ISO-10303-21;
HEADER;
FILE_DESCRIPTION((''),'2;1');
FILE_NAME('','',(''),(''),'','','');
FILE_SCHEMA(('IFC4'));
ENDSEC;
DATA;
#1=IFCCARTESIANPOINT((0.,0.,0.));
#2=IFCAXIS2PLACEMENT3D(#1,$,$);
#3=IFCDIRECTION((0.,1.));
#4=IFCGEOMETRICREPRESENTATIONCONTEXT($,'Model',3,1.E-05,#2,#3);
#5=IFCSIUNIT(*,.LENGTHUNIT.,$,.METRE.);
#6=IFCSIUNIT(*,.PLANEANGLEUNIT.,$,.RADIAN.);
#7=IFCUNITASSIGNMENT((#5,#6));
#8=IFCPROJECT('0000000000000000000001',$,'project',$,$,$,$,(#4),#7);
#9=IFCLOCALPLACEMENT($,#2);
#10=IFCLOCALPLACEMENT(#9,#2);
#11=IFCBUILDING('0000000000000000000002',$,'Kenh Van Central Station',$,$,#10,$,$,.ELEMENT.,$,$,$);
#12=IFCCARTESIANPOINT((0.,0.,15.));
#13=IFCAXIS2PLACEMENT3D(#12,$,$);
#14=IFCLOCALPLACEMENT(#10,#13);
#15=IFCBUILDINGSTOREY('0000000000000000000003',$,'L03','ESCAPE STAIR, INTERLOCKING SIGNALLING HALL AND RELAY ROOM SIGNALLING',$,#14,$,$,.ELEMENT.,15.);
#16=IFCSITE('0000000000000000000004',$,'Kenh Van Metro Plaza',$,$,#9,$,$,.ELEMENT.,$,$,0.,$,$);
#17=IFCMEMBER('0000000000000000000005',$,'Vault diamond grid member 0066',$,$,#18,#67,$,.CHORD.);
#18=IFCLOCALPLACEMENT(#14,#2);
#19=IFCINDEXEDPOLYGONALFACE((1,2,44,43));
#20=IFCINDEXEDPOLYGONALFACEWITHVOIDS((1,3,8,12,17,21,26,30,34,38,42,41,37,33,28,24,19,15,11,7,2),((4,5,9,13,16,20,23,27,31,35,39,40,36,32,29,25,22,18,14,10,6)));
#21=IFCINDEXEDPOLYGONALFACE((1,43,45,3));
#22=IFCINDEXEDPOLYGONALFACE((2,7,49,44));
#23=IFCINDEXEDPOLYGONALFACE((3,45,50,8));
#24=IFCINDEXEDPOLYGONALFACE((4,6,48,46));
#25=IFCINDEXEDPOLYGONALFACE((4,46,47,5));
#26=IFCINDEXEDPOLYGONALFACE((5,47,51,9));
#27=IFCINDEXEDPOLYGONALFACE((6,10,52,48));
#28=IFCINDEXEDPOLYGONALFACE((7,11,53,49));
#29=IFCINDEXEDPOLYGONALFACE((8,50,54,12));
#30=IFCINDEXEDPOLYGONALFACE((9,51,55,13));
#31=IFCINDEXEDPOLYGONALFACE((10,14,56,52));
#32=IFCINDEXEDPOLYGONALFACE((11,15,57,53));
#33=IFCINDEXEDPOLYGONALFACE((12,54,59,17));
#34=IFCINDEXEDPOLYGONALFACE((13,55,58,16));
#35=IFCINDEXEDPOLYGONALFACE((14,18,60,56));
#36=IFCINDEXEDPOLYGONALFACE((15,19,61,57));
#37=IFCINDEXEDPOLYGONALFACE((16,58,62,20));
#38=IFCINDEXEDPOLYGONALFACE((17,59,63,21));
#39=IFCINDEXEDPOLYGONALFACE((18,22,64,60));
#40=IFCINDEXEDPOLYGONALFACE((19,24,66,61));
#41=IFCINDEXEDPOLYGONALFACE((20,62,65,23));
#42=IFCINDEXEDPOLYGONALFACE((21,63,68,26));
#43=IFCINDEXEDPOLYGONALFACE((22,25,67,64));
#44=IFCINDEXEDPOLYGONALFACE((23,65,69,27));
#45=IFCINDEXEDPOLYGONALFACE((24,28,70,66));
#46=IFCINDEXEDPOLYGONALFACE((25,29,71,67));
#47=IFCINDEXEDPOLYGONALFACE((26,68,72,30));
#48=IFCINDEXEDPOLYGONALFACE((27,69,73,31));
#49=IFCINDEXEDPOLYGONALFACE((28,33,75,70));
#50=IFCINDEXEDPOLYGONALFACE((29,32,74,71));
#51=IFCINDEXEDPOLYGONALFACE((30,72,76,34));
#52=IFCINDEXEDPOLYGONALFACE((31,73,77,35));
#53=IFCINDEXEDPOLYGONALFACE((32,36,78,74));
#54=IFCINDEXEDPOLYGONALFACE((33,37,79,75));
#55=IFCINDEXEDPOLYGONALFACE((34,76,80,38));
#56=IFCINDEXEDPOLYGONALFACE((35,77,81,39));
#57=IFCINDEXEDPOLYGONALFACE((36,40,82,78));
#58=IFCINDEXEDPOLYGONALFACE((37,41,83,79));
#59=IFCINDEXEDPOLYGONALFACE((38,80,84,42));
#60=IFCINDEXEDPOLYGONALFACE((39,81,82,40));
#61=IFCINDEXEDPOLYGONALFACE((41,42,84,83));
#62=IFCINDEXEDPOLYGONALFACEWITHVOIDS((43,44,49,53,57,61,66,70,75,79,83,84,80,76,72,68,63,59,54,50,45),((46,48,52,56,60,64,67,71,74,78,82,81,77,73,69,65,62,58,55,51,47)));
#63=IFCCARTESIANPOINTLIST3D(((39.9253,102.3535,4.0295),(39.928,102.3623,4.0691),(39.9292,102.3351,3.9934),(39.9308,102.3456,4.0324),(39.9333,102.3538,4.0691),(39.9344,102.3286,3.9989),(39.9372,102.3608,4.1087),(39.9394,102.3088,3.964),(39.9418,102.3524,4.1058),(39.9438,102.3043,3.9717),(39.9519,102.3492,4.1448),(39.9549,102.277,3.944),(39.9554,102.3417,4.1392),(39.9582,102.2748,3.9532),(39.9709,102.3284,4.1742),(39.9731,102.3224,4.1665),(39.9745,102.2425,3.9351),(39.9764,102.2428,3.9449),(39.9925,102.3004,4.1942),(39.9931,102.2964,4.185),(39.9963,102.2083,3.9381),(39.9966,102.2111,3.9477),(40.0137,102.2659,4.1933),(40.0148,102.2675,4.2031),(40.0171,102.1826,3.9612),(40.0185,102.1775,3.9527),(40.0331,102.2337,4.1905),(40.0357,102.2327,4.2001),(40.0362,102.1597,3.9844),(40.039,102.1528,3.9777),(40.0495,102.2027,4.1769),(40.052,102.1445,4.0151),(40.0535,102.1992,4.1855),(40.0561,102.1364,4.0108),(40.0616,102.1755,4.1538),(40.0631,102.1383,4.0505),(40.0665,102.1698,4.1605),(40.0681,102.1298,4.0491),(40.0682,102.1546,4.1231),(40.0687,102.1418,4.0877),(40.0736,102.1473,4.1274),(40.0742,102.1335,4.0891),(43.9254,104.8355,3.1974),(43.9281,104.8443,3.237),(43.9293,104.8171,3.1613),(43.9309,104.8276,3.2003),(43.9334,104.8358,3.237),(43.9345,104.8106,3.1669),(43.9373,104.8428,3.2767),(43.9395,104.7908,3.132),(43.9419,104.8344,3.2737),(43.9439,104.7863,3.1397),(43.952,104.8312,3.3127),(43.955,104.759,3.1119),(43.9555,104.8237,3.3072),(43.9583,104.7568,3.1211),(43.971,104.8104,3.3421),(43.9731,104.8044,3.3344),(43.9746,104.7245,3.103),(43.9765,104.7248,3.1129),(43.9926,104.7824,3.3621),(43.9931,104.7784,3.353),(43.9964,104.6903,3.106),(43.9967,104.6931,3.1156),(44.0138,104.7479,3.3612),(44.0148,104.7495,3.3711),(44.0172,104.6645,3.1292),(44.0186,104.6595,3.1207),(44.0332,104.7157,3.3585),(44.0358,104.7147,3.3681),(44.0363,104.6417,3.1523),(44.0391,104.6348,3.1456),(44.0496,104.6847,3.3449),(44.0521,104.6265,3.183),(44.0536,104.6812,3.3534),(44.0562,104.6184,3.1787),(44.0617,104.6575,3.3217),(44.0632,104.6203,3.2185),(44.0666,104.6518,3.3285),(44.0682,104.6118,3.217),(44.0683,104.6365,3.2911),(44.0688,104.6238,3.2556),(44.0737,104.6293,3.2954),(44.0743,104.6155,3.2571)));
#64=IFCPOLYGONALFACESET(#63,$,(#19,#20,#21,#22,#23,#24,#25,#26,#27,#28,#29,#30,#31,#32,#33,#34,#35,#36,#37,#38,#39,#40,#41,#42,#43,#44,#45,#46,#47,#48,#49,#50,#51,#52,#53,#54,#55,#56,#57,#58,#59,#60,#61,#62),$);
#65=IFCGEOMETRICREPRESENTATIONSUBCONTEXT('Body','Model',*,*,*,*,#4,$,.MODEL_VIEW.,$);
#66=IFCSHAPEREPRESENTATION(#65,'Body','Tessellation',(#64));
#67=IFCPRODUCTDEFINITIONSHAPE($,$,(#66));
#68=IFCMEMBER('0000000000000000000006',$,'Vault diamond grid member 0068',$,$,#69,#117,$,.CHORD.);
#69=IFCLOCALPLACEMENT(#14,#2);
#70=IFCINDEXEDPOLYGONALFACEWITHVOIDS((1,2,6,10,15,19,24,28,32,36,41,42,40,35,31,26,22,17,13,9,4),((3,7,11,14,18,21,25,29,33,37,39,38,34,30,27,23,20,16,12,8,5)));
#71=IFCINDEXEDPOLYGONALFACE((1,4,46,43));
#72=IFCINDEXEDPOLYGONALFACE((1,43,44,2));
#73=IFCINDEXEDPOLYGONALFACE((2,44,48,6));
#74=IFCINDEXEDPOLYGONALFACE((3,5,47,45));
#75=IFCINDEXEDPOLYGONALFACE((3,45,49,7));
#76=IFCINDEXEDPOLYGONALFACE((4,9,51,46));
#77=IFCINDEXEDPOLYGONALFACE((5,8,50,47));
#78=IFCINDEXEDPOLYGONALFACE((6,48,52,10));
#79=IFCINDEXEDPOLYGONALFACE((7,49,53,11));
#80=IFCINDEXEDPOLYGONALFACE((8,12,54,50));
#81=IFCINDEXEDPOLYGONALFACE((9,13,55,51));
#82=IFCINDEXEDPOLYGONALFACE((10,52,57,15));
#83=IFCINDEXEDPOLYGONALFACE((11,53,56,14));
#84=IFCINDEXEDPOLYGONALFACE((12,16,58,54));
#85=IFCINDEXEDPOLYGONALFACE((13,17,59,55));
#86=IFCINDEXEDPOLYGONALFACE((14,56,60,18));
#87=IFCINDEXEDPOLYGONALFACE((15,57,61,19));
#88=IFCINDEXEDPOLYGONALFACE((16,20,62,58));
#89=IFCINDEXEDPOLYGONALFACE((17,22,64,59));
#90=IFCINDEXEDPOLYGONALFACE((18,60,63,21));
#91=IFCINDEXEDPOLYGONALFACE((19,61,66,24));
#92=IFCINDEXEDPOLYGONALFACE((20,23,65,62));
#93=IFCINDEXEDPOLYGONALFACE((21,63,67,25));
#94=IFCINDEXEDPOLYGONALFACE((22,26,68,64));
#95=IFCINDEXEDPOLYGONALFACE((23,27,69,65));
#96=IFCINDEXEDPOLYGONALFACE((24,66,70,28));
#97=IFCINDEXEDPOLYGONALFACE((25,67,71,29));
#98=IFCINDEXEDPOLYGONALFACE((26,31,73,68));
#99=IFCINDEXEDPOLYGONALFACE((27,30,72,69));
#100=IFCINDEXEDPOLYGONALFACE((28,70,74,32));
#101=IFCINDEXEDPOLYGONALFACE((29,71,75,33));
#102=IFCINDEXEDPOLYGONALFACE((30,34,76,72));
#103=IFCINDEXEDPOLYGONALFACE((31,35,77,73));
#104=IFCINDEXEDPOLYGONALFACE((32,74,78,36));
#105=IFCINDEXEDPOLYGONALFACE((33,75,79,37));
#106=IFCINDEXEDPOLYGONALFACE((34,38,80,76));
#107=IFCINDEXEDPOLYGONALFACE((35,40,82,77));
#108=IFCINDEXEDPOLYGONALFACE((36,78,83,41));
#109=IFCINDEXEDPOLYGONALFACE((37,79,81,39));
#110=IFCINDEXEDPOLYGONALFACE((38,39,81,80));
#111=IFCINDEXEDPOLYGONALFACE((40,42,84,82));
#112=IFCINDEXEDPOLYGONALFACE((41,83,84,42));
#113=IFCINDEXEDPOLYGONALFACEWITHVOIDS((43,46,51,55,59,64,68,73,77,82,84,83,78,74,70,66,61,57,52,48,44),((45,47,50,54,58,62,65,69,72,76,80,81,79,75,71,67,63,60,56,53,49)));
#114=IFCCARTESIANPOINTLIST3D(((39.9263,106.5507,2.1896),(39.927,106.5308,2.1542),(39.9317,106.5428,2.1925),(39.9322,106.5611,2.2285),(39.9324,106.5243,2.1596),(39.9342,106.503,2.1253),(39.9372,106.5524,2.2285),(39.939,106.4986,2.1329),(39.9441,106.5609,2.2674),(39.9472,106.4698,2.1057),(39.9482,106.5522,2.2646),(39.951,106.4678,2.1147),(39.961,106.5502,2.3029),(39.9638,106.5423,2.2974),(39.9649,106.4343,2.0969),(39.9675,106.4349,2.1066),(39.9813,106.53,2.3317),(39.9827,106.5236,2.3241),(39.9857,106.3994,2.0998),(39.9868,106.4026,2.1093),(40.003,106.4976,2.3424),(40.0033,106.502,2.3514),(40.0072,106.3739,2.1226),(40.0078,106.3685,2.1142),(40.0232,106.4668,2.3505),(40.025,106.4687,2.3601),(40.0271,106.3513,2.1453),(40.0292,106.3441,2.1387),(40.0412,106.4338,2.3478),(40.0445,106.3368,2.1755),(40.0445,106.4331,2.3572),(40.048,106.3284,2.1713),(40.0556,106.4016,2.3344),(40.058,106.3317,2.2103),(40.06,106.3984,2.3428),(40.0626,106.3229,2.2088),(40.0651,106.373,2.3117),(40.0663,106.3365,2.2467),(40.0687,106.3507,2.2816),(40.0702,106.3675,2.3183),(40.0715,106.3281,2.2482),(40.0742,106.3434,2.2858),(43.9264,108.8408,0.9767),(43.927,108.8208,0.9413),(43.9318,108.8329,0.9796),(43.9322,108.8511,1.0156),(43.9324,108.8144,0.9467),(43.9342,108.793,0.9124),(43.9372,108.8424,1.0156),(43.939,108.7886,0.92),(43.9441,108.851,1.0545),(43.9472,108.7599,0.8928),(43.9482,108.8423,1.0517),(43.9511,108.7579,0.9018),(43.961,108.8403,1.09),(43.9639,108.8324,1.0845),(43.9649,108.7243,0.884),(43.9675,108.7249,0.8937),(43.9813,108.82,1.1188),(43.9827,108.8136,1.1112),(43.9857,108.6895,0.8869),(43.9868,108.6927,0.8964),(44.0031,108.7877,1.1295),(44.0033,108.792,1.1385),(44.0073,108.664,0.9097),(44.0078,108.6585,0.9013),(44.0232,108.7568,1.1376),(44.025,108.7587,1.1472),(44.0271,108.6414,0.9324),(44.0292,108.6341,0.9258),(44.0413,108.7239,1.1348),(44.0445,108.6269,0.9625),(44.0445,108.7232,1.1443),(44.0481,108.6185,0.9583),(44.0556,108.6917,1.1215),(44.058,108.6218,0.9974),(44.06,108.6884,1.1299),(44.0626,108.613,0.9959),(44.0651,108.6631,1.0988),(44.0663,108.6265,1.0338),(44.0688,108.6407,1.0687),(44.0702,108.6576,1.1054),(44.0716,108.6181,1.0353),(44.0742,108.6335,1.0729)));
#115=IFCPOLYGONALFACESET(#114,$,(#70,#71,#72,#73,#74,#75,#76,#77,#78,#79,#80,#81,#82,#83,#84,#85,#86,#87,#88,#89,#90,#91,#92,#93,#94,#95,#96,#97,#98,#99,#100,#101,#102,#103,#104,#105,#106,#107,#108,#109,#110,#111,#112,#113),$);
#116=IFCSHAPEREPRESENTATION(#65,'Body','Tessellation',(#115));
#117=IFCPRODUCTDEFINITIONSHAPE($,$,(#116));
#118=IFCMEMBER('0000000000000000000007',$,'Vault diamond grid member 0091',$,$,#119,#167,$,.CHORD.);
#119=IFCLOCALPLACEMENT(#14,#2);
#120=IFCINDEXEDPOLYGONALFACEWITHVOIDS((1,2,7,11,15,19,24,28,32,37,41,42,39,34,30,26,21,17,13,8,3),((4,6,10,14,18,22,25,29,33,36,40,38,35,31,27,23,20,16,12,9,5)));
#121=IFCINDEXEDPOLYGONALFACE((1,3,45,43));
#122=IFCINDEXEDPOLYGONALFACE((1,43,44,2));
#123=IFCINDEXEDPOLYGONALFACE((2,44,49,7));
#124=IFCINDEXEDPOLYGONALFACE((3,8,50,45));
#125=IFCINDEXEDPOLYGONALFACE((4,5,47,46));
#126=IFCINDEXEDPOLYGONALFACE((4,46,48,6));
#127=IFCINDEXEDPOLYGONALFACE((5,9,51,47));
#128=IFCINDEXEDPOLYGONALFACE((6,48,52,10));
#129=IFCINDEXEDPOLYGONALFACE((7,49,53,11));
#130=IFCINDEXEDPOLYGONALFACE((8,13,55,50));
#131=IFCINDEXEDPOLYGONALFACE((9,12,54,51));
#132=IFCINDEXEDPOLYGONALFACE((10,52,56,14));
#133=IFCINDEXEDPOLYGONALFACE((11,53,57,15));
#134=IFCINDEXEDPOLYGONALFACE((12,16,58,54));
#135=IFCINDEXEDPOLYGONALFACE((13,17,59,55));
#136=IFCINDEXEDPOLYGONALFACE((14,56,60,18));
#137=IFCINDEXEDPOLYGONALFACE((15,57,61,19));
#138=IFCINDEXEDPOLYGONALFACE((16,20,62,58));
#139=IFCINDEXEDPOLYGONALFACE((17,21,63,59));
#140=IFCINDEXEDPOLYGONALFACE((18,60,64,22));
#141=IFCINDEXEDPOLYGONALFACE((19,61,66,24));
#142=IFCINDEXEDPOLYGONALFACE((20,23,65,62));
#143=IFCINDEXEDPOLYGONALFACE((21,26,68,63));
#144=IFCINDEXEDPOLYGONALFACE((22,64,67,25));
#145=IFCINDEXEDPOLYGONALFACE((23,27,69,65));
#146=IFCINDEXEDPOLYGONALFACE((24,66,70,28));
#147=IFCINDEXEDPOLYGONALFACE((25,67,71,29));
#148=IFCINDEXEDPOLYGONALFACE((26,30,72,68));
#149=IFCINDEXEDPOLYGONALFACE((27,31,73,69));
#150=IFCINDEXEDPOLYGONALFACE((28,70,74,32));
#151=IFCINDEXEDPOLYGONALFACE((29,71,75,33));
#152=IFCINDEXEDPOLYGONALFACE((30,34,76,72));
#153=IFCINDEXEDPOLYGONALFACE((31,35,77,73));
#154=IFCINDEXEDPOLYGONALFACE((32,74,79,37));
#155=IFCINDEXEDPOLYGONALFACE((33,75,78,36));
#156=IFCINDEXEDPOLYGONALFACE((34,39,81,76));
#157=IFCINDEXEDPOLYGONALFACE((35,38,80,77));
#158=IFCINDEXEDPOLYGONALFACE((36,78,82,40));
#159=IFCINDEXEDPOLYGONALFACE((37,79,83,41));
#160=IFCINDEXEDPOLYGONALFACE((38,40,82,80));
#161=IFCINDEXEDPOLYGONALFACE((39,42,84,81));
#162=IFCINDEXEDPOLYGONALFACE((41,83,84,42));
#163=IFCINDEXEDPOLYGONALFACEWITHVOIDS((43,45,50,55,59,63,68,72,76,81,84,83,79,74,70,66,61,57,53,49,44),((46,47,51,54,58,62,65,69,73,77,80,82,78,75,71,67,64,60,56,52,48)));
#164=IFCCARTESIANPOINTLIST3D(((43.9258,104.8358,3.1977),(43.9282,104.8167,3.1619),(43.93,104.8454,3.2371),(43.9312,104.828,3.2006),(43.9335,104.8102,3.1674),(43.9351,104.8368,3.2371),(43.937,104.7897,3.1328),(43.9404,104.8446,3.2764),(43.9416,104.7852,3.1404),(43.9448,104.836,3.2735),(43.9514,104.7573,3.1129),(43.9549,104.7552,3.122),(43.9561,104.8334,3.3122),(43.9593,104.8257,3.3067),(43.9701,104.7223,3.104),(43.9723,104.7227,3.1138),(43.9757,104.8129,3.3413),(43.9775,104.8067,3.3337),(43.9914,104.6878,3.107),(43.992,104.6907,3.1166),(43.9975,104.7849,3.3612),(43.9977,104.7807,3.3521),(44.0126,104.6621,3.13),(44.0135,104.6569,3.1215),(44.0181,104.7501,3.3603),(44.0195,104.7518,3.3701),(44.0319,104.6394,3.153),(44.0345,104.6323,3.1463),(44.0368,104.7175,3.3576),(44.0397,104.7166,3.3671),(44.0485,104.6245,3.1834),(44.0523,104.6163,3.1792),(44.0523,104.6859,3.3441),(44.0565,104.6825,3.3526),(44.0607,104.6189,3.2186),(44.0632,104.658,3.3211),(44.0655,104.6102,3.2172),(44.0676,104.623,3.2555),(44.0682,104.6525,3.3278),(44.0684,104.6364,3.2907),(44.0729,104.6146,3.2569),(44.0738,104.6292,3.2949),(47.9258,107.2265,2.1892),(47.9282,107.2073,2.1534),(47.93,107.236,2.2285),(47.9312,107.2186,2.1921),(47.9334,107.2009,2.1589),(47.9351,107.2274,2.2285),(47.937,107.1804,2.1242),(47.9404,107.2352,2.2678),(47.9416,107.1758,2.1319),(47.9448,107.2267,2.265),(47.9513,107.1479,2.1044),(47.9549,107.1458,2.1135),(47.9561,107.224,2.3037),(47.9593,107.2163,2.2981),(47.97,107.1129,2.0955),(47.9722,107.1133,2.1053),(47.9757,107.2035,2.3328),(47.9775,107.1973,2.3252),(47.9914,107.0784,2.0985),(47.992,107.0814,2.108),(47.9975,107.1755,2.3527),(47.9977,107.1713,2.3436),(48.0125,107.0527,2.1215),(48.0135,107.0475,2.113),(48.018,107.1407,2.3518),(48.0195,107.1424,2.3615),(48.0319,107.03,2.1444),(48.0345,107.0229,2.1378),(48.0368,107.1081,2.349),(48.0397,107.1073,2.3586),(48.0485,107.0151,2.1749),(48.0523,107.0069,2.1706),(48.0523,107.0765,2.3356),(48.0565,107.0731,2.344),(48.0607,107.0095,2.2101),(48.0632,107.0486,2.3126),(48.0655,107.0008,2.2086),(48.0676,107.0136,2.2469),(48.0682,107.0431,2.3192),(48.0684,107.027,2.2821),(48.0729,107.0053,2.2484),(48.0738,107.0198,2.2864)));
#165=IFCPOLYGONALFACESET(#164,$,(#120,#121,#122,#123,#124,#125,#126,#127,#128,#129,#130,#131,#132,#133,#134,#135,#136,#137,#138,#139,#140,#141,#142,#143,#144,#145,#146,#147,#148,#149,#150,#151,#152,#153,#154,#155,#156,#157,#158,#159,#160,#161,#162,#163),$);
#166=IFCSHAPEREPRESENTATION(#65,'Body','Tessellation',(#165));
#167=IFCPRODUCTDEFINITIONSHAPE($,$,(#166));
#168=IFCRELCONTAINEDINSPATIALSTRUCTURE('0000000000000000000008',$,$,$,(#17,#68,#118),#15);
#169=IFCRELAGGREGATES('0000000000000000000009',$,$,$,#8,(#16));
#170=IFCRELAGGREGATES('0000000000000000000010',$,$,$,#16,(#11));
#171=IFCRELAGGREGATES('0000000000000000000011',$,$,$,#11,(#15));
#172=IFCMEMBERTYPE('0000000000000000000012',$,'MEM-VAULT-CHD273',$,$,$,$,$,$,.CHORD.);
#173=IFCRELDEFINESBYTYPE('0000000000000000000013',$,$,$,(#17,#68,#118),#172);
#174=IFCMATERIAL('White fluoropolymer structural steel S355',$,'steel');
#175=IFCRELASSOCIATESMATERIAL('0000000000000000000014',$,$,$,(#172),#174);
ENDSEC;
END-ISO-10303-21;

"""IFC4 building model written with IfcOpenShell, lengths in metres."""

from ifc_helpers import new_model, si_unit, direction, frame, origin, origin_2d, place, context, subcontext, project, spatial, hollow_circle, extrude, material, material_profile, profile_set, type_object, element, save


model = new_model("IFC4")

# Units and contexts
model_context = context("Model", 3, precision=1e-05, world=origin(), true_north=direction((0.0, 1.0)))
body_context = subcontext(model_context, "Body", "Model", "MODEL_VIEW")
ifc_project = project(units=[si_unit("LENGTHUNIT", "METRE"), si_unit("PLANEANGLEUNIT", "RADIAN")], contexts=[model_context])

# Site, building, storey
site_placement = place(None, origin())
site = spatial("IfcSite", under=ifc_project, at=site_placement, Name="Kenh Van Metro Plaza", CompositionType="ELEMENT", RefElevation=0.0)
building_placement = place(site_placement, origin())
building = spatial("IfcBuilding", under=site, at=building_placement, Name="Kenh Van Central Station", CompositionType="ELEMENT")
storey_placement = place(building_placement, frame((0.0, 0.0, 15.0)))
storey = spatial("IfcBuildingStorey", under=building, at=storey_placement, Name="L03", Description="ESCAPE STAIR, INTERLOCKING SIGNALLING HALL AND RELAY ROOM SIGNALLING", CompositionType="ELEMENT", Elevation=15.0)

# Shared definitions
ifc_material_1 = material(Name="White fluoropolymer structural steel S355", Category="steel")

# Members
ifc_material_profile_1 = material_profile(ifc_material_1, hollow_circle(Radius=0.1365, WallThickness=0.01, at=origin_2d()), Name="CHS 273x10")
ifc_profile_set_1 = profile_set([ifc_material_profile_1], Name="White fluoropolymer structural steel S355")
member_type_1 = type_object("IfcMemberType", Name="MEM-VAULT-CHD273", PredefinedType="CHORD", material=ifc_profile_set_1)
member_1_placement = place(storey_placement, frame((40.0, 102.2463, 4.0691), z_axis=(0.836749, 0.519189, -0.17405), x_axis=(-0.527236, 0.849719, 0.0)))
element("IfcMember", 1, at=member_1_placement, inside=storey, type_object=member_type_1, Name="Vault diamond grid member 0066", PredefinedType="CHORD", context=body_context, shape_type="SweptSolid", body=[
    extrude(hollow_circle(Radius=0.1365, WallThickness=0.01, at=origin_2d()), origin(), (0.0, 0.0, 1.0), 4.7805),
])
member_2_placement = place(storey_placement, frame((40.0, 106.4426, 2.2285), z_axis=(0.839267, 0.480488, -0.254485), x_axis=(-0.496846, 0.867839, 0.0)))
element("IfcMember", 2, at=member_2_placement, inside=storey, type_object=member_type_1, Name="Vault diamond grid member 0068", PredefinedType="CHORD", context=body_context, shape_type="SweptSolid", body=[
    extrude(hollow_circle(Radius=0.1365, WallThickness=0.01, at=origin_2d()), origin(), (0.0, 0.0, 1.0), 4.7661),
])
member_3_placement = place(storey_placement, frame((44.0, 104.7283, 3.2371), z_axis=(0.838955, 0.501407, -0.211531), x_axis=(-0.513016, 0.858379, 0.0)))
element("IfcMember", 3, at=member_3_placement, inside=storey, type_object=member_type_1, Name="Vault diamond grid member 0091", PredefinedType="CHORD", context=body_context, shape_type="SweptSolid", body=[
    extrude(hollow_circle(Radius=0.1365, WallThickness=0.01, at=origin_2d()), origin(), (0.0, 0.0, 1.0), 4.7678),
])

save(model, "model.ifc")
